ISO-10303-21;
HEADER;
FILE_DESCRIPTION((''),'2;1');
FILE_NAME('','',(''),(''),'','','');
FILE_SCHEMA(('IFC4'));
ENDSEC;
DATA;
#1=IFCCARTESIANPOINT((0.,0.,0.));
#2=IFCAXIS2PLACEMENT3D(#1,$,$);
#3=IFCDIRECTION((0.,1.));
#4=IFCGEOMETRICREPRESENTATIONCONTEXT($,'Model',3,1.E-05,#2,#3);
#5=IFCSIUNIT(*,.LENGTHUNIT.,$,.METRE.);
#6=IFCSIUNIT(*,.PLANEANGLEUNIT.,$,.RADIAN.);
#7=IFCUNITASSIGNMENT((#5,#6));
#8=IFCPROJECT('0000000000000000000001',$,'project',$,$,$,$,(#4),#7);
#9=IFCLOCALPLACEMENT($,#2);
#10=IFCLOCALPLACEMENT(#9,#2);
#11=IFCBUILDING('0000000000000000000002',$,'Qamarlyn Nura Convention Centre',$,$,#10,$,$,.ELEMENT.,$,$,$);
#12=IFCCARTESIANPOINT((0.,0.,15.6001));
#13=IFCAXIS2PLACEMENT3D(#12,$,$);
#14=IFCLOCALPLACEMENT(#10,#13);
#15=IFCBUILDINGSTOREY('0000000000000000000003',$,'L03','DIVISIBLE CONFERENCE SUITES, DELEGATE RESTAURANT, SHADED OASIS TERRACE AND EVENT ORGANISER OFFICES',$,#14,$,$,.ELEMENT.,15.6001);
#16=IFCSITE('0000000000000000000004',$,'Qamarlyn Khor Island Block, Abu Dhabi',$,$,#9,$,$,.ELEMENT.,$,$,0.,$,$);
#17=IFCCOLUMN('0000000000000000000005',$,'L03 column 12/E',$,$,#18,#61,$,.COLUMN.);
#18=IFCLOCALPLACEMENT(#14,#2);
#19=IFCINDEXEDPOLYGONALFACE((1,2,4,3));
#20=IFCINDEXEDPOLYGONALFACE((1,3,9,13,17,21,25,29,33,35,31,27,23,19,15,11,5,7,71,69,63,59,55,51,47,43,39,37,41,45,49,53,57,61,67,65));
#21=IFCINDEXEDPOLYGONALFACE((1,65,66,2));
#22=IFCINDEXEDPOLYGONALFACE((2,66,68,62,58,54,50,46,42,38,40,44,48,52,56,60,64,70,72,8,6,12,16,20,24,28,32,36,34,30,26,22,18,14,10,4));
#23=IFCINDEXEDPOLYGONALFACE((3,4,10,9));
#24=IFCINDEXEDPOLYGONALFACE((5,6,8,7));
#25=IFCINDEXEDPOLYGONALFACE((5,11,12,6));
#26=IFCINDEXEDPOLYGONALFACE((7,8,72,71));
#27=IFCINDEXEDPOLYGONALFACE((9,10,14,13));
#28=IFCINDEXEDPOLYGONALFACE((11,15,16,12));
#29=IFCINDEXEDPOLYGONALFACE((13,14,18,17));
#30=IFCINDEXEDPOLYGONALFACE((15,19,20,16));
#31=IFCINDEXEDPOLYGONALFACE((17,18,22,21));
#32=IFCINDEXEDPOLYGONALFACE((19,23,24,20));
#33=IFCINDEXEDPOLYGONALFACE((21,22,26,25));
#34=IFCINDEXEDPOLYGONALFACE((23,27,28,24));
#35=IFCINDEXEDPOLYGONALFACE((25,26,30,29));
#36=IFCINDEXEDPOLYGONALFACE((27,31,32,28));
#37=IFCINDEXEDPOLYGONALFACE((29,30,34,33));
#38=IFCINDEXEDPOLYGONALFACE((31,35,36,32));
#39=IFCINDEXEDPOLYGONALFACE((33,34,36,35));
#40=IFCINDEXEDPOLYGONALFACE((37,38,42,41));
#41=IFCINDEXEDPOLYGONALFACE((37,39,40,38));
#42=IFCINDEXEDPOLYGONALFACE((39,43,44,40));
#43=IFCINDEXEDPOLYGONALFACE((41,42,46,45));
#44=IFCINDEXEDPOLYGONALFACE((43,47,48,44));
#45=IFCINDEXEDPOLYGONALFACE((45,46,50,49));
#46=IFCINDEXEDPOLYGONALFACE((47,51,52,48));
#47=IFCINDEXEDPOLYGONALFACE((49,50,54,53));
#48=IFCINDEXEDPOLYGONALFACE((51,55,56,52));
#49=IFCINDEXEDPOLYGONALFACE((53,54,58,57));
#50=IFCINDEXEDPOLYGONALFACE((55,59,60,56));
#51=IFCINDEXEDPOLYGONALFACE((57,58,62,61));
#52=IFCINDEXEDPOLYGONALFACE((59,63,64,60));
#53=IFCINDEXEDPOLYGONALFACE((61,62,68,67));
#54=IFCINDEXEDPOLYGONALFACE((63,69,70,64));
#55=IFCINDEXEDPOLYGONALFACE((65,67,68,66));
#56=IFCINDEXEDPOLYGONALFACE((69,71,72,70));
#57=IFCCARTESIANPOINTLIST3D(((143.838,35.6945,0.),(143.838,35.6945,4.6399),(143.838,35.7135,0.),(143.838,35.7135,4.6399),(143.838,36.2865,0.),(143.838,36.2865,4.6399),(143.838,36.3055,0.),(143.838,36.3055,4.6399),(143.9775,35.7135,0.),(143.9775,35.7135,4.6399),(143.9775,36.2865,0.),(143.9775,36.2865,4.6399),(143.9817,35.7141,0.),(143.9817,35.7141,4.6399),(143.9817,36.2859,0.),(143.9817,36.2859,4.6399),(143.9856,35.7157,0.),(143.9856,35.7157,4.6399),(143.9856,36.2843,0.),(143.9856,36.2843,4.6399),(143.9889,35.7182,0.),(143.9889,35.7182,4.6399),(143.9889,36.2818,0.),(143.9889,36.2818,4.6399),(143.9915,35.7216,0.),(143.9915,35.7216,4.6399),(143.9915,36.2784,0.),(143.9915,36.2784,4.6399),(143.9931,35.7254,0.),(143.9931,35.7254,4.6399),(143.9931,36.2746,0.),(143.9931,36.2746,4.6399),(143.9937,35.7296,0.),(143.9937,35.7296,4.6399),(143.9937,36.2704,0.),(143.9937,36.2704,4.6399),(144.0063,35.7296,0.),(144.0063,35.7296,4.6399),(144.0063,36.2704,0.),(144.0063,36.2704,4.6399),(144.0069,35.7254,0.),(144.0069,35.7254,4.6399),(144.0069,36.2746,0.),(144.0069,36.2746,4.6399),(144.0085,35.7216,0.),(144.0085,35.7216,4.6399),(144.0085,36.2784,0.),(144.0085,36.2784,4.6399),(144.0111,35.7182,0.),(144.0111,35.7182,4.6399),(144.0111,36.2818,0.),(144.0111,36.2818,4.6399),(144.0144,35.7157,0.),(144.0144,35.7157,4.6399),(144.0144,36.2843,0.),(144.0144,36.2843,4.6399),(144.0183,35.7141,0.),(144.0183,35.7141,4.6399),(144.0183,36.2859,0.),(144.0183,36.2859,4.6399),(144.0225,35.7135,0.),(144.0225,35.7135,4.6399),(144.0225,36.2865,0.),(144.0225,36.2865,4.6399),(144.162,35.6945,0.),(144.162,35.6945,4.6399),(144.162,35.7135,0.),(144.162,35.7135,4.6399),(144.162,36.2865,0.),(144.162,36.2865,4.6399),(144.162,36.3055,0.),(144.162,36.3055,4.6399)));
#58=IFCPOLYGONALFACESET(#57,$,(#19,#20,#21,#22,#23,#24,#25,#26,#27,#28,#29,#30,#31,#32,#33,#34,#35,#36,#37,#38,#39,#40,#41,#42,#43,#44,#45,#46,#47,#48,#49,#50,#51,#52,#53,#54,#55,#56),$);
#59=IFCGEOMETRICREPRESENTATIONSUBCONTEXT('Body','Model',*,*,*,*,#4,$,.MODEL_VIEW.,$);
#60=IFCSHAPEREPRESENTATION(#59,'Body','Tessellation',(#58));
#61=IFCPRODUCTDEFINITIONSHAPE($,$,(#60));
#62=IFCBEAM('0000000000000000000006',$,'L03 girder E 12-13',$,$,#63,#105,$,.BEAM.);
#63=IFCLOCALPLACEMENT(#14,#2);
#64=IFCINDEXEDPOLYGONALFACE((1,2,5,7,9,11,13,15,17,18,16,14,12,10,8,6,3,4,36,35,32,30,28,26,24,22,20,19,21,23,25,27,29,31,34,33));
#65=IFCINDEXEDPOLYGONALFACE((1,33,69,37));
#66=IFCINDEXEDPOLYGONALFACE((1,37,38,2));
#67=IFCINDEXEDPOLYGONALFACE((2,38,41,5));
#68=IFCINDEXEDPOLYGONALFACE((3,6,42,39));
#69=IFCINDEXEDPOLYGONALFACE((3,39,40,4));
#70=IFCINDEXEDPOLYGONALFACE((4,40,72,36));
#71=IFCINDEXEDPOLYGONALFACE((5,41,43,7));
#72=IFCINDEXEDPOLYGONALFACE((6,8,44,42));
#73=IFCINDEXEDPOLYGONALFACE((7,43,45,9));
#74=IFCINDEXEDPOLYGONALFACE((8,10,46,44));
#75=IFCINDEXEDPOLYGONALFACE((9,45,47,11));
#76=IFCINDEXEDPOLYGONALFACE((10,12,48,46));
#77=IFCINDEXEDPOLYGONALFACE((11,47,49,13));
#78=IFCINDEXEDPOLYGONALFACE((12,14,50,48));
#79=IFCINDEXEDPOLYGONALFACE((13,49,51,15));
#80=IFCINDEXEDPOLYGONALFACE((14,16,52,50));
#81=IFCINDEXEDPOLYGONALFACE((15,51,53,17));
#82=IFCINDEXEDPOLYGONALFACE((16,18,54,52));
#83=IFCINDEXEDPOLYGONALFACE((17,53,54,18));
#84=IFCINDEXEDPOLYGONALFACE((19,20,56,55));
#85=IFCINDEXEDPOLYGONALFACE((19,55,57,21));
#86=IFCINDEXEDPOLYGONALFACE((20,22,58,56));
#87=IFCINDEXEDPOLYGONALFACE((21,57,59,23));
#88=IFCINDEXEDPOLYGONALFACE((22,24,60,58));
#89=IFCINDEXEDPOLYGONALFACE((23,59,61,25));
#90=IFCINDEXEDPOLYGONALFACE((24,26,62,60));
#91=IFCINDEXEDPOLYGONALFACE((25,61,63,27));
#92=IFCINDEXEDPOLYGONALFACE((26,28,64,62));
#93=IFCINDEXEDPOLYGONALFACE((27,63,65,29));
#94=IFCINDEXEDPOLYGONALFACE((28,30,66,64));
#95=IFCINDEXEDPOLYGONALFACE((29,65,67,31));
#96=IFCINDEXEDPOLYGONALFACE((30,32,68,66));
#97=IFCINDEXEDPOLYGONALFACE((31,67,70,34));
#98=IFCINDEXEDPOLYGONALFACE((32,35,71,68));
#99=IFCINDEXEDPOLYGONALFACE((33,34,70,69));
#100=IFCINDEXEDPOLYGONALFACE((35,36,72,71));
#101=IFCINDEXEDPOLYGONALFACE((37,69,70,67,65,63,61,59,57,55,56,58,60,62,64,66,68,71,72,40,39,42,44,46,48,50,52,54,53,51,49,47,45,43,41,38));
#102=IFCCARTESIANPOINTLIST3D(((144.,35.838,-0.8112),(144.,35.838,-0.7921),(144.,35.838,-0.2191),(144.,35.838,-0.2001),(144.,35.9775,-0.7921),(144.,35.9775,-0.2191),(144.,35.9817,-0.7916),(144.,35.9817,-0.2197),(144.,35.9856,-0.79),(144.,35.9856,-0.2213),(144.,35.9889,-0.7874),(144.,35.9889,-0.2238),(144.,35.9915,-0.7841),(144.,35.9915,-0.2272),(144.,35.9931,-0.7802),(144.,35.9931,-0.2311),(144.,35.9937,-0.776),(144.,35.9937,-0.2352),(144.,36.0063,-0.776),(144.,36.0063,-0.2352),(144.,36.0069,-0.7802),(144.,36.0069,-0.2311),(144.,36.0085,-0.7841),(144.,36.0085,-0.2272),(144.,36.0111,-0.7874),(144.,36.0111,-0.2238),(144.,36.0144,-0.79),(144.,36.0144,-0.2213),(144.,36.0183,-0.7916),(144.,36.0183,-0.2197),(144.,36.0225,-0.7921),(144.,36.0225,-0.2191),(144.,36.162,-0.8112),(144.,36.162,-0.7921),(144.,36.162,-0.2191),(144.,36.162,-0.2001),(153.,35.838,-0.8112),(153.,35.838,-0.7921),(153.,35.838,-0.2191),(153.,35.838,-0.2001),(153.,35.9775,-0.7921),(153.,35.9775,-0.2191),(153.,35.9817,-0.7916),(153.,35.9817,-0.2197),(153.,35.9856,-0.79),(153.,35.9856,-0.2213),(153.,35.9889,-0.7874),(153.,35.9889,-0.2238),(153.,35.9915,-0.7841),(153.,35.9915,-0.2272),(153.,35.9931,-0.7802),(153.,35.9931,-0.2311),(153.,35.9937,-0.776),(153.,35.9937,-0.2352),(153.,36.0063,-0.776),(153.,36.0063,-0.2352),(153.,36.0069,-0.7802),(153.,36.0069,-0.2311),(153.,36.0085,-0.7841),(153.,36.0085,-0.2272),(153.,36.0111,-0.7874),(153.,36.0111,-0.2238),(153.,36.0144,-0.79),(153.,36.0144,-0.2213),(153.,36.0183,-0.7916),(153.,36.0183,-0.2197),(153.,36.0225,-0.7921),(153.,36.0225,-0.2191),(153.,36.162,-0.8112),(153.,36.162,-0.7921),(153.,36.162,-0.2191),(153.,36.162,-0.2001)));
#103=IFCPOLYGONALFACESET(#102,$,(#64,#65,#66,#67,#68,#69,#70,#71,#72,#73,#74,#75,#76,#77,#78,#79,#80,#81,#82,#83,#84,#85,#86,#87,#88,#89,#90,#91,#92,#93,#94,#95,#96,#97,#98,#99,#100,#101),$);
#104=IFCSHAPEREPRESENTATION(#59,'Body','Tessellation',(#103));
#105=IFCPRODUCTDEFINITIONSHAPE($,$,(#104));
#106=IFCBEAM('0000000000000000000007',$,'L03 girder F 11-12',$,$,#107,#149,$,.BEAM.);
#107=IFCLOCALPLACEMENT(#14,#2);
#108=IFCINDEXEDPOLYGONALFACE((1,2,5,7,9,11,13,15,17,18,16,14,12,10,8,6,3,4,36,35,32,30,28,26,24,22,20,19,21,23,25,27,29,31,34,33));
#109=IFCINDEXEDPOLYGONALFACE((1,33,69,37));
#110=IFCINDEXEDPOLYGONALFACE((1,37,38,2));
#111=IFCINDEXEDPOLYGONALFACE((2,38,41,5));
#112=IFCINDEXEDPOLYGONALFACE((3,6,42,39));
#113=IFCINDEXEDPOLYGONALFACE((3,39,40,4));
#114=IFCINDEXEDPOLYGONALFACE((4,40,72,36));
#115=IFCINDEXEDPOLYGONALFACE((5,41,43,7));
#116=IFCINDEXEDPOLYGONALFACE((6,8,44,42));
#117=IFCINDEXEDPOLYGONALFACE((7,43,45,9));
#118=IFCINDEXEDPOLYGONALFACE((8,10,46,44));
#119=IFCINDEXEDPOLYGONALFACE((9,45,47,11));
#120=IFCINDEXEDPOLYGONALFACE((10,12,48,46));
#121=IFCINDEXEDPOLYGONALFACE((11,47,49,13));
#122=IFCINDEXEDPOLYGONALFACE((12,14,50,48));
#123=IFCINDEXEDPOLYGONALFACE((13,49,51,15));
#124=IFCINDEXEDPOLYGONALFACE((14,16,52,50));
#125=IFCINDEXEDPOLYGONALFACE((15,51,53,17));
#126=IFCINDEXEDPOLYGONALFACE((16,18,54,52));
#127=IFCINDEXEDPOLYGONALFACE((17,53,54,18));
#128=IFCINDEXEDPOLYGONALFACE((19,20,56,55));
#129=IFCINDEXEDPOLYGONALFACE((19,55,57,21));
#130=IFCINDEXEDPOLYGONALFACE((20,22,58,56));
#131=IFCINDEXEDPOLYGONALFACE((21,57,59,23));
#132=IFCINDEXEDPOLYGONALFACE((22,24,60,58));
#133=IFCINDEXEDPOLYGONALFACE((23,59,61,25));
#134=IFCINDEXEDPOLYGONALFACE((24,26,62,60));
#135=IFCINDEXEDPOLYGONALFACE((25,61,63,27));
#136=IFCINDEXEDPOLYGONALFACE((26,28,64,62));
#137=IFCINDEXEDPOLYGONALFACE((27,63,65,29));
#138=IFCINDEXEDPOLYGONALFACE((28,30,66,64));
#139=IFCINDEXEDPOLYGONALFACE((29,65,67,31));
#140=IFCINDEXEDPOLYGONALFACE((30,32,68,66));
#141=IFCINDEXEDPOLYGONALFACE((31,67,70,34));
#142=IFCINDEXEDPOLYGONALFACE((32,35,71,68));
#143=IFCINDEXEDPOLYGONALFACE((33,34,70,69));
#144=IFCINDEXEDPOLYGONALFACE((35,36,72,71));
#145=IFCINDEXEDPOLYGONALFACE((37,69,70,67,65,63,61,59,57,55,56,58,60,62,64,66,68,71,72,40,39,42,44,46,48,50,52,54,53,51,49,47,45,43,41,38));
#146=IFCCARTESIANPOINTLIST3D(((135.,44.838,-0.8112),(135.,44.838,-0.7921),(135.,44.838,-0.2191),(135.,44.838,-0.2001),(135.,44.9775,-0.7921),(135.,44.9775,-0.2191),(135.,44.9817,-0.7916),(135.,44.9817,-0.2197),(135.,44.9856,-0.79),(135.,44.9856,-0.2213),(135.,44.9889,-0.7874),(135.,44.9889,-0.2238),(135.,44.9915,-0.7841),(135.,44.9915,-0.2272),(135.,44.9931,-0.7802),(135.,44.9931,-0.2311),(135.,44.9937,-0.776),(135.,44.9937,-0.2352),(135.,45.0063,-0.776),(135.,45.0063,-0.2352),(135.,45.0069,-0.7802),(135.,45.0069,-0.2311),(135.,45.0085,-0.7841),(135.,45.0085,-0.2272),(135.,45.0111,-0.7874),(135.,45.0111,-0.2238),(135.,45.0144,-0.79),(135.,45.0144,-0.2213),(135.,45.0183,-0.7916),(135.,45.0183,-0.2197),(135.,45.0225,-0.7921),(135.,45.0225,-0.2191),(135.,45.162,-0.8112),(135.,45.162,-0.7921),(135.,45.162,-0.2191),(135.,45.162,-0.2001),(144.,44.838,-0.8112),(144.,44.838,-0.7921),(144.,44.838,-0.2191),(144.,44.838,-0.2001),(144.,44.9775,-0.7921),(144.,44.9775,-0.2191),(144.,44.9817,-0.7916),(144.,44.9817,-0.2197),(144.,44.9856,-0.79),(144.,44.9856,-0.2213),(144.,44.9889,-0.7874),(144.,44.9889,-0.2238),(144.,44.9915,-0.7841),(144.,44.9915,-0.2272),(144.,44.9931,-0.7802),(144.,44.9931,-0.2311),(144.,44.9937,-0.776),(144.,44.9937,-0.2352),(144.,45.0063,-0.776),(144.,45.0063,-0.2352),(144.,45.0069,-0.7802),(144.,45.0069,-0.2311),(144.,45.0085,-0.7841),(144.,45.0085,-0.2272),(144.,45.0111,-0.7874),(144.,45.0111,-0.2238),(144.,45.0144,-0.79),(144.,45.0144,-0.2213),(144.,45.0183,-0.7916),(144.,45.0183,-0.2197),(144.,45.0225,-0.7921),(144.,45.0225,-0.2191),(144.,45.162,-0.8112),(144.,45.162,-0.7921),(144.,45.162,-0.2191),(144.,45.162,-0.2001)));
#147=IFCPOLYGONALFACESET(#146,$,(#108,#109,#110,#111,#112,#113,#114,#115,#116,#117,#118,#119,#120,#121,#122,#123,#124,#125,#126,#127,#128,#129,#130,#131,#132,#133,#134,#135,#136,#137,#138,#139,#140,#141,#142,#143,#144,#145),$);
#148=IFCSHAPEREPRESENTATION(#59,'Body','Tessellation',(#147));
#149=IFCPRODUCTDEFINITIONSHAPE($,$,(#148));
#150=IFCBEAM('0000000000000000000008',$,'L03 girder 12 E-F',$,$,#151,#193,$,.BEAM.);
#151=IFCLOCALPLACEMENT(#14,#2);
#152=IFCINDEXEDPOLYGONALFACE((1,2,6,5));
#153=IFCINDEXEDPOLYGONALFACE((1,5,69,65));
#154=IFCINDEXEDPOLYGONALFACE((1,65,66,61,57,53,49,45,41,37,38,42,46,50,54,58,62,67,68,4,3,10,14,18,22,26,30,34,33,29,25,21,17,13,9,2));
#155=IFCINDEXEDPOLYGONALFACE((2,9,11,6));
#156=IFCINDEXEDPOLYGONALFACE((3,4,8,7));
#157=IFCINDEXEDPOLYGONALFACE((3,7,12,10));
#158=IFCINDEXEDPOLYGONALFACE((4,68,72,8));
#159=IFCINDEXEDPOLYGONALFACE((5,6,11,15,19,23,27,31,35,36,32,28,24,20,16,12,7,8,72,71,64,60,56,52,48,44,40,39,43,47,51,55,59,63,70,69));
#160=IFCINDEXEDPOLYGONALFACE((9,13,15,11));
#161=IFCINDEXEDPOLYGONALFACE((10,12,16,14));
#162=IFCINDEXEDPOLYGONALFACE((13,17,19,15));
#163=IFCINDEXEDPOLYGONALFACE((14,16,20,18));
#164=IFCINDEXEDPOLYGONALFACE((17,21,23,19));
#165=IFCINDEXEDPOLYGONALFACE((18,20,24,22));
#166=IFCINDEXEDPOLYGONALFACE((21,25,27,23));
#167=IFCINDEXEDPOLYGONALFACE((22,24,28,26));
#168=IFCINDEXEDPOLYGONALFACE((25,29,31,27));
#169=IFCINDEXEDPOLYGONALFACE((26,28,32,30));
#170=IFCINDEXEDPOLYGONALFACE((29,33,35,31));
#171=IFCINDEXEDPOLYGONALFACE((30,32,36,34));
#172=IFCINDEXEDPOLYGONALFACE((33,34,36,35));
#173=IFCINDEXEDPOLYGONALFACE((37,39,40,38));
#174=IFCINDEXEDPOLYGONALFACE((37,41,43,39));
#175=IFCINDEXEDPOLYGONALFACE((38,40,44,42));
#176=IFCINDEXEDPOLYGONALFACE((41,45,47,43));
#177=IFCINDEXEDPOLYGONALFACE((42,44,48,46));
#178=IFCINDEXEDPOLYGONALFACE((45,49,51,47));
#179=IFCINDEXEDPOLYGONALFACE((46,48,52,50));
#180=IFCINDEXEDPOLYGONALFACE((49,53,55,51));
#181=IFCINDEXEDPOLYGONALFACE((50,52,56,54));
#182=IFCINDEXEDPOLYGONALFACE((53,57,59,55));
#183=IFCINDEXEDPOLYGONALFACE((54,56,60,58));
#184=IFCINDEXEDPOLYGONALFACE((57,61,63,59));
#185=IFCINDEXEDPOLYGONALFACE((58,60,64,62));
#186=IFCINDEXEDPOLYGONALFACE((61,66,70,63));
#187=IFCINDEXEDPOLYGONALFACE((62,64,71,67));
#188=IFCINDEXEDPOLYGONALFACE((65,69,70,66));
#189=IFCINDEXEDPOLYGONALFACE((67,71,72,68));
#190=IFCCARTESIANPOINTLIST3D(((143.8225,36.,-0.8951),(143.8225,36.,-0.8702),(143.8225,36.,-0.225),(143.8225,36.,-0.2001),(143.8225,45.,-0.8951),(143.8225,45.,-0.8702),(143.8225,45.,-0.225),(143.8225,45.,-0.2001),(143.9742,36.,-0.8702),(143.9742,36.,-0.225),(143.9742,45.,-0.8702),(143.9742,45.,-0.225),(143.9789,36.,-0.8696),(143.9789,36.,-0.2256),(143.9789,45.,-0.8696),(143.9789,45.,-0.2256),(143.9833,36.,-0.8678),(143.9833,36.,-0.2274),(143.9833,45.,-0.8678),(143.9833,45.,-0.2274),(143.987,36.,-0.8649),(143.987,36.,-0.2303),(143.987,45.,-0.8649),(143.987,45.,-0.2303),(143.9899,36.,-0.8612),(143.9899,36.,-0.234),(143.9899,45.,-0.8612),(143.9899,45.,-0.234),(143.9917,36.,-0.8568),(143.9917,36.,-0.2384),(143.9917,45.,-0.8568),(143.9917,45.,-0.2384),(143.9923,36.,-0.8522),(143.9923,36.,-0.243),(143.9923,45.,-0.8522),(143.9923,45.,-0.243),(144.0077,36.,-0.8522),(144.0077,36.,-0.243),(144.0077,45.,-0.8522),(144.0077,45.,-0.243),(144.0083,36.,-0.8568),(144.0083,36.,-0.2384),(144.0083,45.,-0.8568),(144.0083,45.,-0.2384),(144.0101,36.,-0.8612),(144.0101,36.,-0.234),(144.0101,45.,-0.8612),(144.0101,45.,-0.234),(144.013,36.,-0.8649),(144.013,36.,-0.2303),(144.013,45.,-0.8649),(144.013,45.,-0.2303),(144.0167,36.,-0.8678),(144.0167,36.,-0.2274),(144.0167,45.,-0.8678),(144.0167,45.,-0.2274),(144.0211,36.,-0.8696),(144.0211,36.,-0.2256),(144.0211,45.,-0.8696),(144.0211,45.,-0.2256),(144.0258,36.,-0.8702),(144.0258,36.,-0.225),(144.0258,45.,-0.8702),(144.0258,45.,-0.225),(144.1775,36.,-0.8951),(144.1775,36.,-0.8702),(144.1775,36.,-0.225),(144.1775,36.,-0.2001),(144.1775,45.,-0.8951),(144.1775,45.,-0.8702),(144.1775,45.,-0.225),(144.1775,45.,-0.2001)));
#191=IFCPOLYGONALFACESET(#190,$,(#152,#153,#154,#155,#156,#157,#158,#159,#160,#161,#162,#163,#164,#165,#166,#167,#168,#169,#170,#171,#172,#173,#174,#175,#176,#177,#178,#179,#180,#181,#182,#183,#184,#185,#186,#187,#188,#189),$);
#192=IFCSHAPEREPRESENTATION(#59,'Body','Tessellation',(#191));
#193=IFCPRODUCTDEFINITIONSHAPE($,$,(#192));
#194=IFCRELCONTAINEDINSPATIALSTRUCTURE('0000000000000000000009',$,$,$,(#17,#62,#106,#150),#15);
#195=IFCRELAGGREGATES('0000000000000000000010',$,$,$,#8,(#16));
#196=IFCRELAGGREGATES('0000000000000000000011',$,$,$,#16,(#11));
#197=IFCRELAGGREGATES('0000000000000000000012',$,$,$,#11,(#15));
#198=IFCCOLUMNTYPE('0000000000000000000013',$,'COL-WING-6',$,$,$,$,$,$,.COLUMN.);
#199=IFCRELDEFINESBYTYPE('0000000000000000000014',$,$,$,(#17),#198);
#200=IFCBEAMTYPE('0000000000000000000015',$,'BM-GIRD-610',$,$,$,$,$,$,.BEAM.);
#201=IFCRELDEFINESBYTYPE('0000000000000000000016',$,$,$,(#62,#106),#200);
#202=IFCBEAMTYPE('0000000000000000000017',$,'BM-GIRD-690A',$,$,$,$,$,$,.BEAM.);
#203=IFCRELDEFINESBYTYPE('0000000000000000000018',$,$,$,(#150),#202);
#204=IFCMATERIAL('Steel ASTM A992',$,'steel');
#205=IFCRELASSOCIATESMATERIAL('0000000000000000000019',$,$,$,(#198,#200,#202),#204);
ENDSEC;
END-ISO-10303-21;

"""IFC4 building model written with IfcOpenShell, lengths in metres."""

from ifc_helpers import new_model, si_unit, direction, frame, origin, origin_2d, place, context, subcontext, project, spatial, i_section, extrude, material, material_profile, profile_set, type_object, element, save


model = new_model("IFC4")

# Units and contexts
model_context = context("Model", 3, precision=1e-05, world=origin(), true_north=direction((0.0, 1.0)))
body_context = subcontext(model_context, "Body", "Model", "MODEL_VIEW")
ifc_project = project(units=[si_unit("LENGTHUNIT", "METRE"), si_unit("PLANEANGLEUNIT", "RADIAN")], contexts=[model_context])

# Site, building, storey
site_placement = place(None, origin())
site = spatial("IfcSite", under=ifc_project, at=site_placement, Name="Qamarlyn Khor Island Block, Abu Dhabi", CompositionType="ELEMENT", RefElevation=0.0)
building_placement = place(site_placement, origin())
building = spatial("IfcBuilding", under=site, at=building_placement, Name="Qamarlyn Nura Convention Centre", CompositionType="ELEMENT")
storey_placement = place(building_placement, frame((0.0, 0.0, 15.6001)))
storey = spatial("IfcBuildingStorey", under=building, at=storey_placement, Name="L03", Description="DIVISIBLE CONFERENCE SUITES, DELEGATE RESTAURANT, SHADED OASIS TERRACE AND EVENT ORGANISER OFFICES", CompositionType="ELEMENT", Elevation=15.6001)

# Column
ifc_material_1 = material(Name="Steel ASTM A992", Category="steel")
ifc_material_profile_1 = material_profile(ifc_material_1, i_section(OverallWidth=0.324, OverallDepth=0.6111, WebThickness=0.0127, FlangeThickness=0.019, FilletRadius=0.0161, at=origin_2d()), Name="W610X155")
ifc_profile_set_1 = profile_set([ifc_material_profile_1], Name="Steel ASTM A992")
column_type_1 = type_object("IfcColumnType", Name="COL-WING-6", PredefinedType="COLUMN", material=ifc_profile_set_1)
column_1_placement = place(storey_placement, frame((144.0, 36.0, 0.0), z_axis=(0.0, 0.0, 1.0), x_axis=(1.0, 0.0, 0.0)))
element("IfcColumn", 1, at=column_1_placement, inside=storey, type_object=column_type_1, Name="L03 column 12/E", PredefinedType="COLUMN", context=body_context, shape_type="SweptSolid", body=[
    extrude(i_section(OverallWidth=0.324, OverallDepth=0.6111, WebThickness=0.0127, FlangeThickness=0.019, FilletRadius=0.0161, at=origin_2d()), origin(), (0.0, 0.0, 1.0), 4.6399),
])

# Beams
ifc_material_profile_2 = material_profile(ifc_material_1, i_section(OverallWidth=0.324, OverallDepth=0.6111, WebThickness=0.0127, FlangeThickness=0.019, FilletRadius=0.0161, at=origin_2d()), Name="W610X155")
ifc_profile_set_2 = profile_set([ifc_material_profile_2], Name="Steel ASTM A992")
beam_type_1 = type_object("IfcBeamType", Name="BM-GIRD-610", PredefinedType="BEAM", material=ifc_profile_set_2)
for number, where, z_axis, x_axis, name in (
    (2, (144.0, 36.0, -0.5056), (1.0, 0.0, 0.0), (0.0, 1.0, 0.0), "L03 girder E 12-13"),
    (3, (135.0, 45.0, -0.5056), (1.0, 0.0, 0.0), (0.0, 1.0, 0.0), "L03 girder F 11-12"),
):
    element("IfcBeam", number, at=place(storey_placement, frame(where, z_axis=z_axis, x_axis=x_axis)), inside=storey, type_object=beam_type_1, Name=name, PredefinedType="BEAM", context=body_context, shape_type="SweptSolid", body=[
        extrude(i_section(OverallWidth=0.324, OverallDepth=0.6111, WebThickness=0.0127, FlangeThickness=0.019, FilletRadius=0.0161, at=origin_2d()), origin(), (0.0, 0.0, 1.0), 9.0),
    ])
ifc_material_profile_3 = material_profile(ifc_material_1, i_section(OverallWidth=0.355, OverallDepth=0.6951, WebThickness=0.0154, FlangeThickness=0.0249, FilletRadius=0.0181, at=origin_2d()), Name="W690X217")
ifc_profile_set_3 = profile_set([ifc_material_profile_3], Name="Steel ASTM A992")
beam_type_2 = type_object("IfcBeamType", Name="BM-GIRD-690A", PredefinedType="BEAM", material=ifc_profile_set_3)
beam_1_placement = place(storey_placement, frame((144.0, 36.0, -0.5476), z_axis=(0.0, 1.0, 0.0), x_axis=(-1.0, 0.0, 0.0)))
element("IfcBeam", 4, at=beam_1_placement, inside=storey, type_object=beam_type_2, Name="L03 girder 12 E-F", PredefinedType="BEAM", context=body_context, shape_type="SweptSolid", body=[
    extrude(i_section(OverallWidth=0.355, OverallDepth=0.6951, WebThickness=0.0154, FlangeThickness=0.0249, FilletRadius=0.0181, at=origin_2d()), origin(), (0.0, 0.0, 1.0), 9.0),
])

save(model, "model.ifc")
